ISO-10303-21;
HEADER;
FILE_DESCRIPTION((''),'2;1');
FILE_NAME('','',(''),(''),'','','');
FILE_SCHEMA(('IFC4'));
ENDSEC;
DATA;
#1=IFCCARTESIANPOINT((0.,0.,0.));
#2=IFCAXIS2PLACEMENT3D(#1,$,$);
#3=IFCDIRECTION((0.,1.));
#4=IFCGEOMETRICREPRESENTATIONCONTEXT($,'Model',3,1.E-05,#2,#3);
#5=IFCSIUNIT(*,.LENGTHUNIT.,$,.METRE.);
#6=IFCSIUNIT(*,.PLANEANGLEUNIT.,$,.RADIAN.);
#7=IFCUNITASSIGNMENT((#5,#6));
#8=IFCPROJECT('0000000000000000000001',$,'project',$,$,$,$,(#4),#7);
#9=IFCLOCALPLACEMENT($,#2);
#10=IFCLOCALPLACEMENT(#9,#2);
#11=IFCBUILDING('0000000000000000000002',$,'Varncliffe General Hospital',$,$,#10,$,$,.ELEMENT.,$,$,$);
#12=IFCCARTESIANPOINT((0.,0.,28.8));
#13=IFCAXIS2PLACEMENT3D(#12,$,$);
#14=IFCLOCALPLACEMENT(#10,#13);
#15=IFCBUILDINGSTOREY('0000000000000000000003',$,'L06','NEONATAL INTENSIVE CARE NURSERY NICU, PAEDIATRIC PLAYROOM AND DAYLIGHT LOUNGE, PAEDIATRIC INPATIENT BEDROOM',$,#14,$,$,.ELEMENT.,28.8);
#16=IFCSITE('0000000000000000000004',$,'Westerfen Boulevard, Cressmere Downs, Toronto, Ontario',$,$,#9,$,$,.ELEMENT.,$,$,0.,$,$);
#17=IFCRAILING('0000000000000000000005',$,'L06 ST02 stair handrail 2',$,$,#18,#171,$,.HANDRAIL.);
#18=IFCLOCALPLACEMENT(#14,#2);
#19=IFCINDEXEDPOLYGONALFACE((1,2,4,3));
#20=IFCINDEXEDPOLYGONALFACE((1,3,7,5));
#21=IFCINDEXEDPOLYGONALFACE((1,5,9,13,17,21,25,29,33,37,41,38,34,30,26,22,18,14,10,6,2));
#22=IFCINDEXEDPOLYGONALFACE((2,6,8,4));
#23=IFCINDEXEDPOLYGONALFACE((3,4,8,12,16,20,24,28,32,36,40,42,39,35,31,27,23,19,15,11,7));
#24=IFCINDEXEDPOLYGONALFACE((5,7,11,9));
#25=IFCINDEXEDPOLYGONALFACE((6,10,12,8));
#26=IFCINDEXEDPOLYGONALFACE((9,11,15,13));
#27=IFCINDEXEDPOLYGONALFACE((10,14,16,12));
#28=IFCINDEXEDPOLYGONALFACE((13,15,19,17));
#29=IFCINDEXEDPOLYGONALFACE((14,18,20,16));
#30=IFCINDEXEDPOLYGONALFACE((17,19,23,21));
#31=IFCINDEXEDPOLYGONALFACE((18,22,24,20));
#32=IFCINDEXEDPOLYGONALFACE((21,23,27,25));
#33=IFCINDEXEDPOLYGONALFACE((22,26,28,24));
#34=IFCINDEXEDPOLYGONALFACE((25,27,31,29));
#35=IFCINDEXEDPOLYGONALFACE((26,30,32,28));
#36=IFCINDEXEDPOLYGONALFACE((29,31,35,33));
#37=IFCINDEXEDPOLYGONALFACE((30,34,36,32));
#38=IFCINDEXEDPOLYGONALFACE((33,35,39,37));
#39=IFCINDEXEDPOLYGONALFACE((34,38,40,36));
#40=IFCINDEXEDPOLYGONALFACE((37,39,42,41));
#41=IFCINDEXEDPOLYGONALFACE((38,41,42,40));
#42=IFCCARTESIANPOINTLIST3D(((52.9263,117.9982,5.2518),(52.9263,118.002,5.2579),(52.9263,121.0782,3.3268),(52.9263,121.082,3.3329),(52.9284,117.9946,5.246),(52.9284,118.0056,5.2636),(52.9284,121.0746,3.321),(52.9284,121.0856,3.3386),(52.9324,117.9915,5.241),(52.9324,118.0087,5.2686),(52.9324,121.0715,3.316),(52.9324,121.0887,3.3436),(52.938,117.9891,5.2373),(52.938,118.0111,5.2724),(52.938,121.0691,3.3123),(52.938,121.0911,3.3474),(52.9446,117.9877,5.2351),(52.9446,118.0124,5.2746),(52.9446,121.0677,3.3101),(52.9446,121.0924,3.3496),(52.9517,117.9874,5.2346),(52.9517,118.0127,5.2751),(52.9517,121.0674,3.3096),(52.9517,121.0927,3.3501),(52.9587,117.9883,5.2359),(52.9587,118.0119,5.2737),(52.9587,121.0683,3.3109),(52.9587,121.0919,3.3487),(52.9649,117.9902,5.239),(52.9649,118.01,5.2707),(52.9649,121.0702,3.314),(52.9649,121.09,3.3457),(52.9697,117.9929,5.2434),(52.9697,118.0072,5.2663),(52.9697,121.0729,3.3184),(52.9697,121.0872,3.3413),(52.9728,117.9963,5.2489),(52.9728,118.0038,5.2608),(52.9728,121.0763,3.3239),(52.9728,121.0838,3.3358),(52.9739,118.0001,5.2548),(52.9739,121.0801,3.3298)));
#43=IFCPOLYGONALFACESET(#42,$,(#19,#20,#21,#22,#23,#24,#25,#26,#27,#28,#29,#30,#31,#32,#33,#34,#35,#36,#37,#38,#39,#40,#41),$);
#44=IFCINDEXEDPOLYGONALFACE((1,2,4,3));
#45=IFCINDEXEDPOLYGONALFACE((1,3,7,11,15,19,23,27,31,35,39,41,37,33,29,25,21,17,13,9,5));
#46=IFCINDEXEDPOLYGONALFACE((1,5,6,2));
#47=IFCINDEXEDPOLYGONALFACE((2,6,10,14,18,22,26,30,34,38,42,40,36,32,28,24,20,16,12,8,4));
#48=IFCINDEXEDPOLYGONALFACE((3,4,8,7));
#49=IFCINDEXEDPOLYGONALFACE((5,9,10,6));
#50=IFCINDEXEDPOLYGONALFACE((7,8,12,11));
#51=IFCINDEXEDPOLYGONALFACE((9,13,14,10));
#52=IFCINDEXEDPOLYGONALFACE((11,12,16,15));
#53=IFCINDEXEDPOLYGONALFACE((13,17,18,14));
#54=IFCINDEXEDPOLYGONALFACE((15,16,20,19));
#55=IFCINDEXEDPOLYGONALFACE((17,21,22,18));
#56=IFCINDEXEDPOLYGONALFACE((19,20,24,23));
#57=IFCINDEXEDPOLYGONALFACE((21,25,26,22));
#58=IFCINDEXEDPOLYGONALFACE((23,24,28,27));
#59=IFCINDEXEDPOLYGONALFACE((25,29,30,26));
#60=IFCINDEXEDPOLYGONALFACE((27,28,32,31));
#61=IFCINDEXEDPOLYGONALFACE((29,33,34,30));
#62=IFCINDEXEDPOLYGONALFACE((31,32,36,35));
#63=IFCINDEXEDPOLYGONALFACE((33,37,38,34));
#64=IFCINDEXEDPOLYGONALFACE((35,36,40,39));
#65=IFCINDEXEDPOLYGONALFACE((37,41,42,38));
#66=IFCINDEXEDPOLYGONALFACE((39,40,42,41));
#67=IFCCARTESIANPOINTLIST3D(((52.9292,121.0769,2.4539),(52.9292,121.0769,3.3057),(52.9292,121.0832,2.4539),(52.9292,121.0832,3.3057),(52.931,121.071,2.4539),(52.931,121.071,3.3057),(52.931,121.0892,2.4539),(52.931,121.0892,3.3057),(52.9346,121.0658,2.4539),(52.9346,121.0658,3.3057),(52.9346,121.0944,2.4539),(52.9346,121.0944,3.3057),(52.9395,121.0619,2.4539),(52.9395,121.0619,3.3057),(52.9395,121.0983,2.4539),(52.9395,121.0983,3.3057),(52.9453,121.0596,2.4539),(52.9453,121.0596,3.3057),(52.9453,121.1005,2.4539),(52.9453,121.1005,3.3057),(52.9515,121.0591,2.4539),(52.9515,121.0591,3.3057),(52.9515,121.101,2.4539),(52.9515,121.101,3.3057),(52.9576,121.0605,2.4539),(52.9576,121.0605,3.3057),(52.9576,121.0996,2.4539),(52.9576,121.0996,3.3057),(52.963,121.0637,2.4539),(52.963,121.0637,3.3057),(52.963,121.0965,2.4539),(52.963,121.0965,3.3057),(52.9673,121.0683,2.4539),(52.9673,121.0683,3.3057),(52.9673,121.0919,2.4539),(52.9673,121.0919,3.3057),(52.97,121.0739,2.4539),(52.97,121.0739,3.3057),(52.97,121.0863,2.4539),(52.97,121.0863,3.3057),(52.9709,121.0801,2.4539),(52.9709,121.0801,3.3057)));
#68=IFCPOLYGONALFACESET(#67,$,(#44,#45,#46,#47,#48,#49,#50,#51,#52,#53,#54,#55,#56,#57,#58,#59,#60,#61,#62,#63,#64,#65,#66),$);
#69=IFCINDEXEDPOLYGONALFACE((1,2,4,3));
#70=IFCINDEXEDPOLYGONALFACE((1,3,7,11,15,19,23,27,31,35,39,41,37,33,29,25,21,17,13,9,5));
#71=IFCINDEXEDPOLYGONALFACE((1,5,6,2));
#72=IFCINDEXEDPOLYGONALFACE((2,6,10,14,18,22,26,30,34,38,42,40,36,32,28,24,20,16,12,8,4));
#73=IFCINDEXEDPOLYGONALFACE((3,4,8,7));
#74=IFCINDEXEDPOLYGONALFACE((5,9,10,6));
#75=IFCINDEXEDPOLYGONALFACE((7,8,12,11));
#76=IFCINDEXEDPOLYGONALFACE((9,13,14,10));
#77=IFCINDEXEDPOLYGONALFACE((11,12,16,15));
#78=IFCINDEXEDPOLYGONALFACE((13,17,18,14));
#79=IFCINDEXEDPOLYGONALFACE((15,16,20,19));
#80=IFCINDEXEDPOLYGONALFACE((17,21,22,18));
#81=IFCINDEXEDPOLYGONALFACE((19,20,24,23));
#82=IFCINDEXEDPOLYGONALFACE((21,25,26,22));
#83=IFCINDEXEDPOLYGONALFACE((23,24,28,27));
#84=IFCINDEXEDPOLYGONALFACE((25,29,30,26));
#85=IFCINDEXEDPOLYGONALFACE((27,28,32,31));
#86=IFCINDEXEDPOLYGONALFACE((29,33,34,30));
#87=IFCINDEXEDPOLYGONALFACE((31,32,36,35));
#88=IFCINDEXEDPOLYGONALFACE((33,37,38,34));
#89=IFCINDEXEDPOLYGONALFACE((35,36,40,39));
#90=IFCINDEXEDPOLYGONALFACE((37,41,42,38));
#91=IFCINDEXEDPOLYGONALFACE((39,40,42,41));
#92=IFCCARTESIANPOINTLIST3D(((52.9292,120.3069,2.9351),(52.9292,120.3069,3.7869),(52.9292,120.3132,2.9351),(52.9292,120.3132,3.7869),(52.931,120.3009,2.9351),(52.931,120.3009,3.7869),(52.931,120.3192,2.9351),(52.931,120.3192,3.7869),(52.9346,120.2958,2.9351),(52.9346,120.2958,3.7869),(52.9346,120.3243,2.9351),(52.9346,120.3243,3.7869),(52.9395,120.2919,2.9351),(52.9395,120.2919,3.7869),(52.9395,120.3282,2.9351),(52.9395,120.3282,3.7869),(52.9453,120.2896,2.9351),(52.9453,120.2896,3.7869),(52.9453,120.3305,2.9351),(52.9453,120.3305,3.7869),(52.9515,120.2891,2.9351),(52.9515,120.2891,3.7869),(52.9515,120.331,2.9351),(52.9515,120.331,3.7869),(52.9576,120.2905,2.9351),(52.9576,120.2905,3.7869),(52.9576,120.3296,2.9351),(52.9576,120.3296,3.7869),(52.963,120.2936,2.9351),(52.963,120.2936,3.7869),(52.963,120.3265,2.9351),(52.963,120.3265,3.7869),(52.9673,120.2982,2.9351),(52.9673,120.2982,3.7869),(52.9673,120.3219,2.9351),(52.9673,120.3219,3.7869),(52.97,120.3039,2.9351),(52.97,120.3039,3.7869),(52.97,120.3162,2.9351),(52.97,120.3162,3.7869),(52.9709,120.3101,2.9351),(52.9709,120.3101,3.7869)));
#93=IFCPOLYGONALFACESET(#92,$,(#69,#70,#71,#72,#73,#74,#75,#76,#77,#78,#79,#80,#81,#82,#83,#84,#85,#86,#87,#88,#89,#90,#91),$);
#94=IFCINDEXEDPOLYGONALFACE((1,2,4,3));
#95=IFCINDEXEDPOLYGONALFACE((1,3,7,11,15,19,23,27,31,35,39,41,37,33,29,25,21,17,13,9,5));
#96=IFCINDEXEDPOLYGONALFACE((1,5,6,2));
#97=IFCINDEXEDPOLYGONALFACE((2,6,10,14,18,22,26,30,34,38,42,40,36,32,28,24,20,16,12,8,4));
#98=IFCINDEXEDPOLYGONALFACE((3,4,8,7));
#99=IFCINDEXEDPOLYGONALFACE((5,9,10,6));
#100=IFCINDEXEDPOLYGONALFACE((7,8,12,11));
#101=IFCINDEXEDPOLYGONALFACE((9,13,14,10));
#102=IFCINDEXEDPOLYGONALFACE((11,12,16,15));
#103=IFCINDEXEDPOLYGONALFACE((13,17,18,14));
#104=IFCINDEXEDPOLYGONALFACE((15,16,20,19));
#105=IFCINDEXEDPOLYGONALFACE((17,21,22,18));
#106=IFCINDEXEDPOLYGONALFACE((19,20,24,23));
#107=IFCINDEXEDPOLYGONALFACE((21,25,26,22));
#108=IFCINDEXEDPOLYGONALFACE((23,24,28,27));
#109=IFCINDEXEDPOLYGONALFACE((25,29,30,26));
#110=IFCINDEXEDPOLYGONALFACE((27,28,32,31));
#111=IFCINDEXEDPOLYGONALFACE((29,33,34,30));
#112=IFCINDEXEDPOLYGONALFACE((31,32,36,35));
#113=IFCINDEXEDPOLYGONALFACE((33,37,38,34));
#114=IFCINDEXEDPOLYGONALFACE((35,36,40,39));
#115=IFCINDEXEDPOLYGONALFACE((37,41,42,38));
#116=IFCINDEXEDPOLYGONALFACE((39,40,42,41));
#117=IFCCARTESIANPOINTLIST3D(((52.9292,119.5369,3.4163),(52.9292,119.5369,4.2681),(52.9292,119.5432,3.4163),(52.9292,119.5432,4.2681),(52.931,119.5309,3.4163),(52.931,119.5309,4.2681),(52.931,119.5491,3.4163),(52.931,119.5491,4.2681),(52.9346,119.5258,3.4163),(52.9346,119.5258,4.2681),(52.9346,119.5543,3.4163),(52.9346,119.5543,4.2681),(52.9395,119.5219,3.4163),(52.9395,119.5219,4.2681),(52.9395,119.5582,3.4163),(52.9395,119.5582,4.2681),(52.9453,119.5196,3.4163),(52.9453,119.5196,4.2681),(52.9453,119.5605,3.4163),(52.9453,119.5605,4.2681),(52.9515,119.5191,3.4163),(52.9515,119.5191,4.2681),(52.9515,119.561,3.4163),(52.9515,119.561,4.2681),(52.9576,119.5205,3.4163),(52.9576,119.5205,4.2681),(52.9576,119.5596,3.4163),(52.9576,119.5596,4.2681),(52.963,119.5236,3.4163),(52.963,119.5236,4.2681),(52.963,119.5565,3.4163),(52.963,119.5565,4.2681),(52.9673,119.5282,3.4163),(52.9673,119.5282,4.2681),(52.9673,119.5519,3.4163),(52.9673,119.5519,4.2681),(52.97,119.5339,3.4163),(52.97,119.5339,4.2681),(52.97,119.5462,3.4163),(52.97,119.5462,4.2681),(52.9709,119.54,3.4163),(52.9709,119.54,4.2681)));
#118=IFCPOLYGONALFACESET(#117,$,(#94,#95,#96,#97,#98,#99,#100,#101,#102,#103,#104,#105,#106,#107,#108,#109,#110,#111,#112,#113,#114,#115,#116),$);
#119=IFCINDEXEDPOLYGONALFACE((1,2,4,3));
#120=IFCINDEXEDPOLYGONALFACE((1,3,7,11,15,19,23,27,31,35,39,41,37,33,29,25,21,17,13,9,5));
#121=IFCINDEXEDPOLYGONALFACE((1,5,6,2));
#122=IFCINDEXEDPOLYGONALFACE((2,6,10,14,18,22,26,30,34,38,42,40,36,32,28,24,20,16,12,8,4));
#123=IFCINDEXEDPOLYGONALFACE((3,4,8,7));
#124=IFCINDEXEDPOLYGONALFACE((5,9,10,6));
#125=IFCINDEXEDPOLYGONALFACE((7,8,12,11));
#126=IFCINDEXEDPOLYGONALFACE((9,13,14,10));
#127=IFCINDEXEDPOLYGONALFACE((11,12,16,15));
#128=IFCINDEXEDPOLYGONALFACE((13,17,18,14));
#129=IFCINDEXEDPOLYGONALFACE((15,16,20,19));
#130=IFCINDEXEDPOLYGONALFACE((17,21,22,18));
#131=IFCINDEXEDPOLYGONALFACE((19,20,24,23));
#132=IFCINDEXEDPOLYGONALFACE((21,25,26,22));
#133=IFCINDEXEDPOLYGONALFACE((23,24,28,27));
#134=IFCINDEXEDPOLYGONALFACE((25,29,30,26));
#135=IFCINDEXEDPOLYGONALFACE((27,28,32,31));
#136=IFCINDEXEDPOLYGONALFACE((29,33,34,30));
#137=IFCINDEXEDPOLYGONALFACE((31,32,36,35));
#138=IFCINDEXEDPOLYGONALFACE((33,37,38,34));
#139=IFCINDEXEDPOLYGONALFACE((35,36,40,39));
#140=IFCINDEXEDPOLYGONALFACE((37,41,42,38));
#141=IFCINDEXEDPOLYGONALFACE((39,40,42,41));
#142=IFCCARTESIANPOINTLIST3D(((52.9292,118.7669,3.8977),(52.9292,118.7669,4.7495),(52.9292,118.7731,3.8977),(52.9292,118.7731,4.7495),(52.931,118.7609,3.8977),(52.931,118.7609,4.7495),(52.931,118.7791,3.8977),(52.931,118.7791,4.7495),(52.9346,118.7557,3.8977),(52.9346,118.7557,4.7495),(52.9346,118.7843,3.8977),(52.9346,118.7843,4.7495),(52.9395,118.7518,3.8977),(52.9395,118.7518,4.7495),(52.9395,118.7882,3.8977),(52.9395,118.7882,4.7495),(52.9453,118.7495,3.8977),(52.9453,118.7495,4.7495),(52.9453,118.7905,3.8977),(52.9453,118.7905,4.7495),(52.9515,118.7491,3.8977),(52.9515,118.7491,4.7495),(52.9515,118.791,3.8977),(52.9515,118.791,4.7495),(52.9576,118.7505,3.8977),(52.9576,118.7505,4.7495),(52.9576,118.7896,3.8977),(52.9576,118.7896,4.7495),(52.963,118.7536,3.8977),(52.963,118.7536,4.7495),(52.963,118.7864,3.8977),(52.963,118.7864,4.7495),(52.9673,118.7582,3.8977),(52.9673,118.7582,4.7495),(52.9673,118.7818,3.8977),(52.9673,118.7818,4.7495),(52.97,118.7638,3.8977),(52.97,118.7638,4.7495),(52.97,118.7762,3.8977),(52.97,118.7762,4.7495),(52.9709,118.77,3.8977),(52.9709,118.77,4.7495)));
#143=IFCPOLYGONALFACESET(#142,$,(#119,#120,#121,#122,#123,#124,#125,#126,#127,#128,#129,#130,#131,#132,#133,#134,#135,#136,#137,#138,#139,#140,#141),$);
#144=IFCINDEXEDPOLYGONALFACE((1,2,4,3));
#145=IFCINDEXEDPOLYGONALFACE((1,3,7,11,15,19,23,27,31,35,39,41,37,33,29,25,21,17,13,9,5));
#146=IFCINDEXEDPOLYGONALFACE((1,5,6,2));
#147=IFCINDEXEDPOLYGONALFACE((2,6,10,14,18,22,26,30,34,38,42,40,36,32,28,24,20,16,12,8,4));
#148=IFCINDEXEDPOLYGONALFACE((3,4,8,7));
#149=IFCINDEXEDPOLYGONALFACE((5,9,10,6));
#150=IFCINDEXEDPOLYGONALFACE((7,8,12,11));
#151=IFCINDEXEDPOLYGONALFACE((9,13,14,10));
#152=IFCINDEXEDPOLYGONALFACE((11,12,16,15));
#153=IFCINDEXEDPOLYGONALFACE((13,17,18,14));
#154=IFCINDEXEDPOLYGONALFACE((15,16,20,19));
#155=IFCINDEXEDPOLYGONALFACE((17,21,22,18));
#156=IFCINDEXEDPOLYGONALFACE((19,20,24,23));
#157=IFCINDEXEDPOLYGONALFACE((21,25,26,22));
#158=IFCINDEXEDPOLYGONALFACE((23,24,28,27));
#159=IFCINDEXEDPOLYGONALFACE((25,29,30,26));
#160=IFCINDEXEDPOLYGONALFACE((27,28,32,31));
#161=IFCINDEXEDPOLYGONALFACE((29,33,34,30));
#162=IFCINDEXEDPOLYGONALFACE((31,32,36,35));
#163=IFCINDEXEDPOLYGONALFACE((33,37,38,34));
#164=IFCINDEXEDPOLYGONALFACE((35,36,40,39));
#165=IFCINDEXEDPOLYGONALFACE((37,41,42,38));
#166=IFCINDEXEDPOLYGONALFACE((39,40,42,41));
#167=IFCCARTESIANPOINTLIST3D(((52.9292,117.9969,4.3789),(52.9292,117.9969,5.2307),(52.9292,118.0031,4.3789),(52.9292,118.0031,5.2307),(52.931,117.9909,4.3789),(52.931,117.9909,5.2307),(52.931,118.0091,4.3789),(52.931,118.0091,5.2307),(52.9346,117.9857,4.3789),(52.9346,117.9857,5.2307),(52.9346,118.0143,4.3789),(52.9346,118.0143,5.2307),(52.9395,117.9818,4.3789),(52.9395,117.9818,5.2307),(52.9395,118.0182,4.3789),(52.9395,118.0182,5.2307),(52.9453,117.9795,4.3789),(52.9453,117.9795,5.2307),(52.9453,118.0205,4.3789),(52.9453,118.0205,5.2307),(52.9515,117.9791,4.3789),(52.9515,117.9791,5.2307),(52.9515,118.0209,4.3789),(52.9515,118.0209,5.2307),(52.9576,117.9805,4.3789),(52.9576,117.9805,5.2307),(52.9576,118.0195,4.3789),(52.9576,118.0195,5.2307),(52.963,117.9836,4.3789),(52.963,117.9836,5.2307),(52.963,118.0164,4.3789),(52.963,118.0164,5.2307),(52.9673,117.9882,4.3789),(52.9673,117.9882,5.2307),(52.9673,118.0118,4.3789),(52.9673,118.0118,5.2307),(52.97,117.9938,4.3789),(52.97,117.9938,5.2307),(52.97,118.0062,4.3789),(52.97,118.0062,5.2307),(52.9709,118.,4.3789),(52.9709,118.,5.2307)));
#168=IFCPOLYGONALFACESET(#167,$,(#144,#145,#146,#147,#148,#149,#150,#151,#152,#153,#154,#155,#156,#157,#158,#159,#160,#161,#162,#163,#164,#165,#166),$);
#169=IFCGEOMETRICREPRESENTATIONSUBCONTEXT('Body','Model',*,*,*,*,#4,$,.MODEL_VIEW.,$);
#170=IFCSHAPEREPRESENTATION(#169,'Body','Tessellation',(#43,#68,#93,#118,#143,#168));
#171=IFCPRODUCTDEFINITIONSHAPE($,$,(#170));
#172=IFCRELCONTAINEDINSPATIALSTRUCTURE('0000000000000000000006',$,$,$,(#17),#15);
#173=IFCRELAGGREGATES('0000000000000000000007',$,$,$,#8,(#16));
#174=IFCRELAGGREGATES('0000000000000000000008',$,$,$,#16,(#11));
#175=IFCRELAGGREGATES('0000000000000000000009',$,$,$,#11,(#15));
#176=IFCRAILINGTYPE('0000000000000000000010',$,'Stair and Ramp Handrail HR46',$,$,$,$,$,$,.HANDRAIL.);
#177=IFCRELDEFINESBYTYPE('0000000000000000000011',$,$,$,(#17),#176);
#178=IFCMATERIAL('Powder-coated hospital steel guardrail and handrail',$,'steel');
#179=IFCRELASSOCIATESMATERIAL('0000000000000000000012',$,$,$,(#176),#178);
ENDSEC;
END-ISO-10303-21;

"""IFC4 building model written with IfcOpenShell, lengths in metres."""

from ifc_helpers import new_model, si_unit, direction, frame, origin, origin_2d, place, context, subcontext, project, spatial, circle, extrude, material, type_object, element, save


model = new_model("IFC4")

# Units and contexts
model_context = context("Model", 3, precision=1e-05, world=origin(), true_north=direction((0.0, 1.0)))
body_context = subcontext(model_context, "Body", "Model", "MODEL_VIEW")
ifc_project = project(units=[si_unit("LENGTHUNIT", "METRE"), si_unit("PLANEANGLEUNIT", "RADIAN")], contexts=[model_context])

# Site, building, storey
site_placement = place(None, origin())
site = spatial("IfcSite", under=ifc_project, at=site_placement, Name="Westerfen Boulevard, Cressmere Downs, Toronto, Ontario", CompositionType="ELEMENT", RefElevation=0.0)
building_placement = place(site_placement, origin())
building = spatial("IfcBuilding", under=site, at=building_placement, Name="Varncliffe General Hospital", CompositionType="ELEMENT")
storey_placement = place(building_placement, frame((0.0, 0.0, 28.8)))
storey = spatial("IfcBuildingStorey", under=building, at=storey_placement, Name="L06", Description="NEONATAL INTENSIVE CARE NURSERY NICU, PAEDIATRIC PLAYROOM AND DAYLIGHT LOUNGE, PAEDIATRIC INPATIENT BEDROOM", CompositionType="ELEMENT", Elevation=28.8)

# Railing
ifc_material_1 = material(Name="Powder-coated hospital steel guardrail and handrail", Category="steel")
railing_type_1 = type_object("IfcRailingType", Name="Stair and Ramp Handrail HR46", PredefinedType="HANDRAIL", material=ifc_material_1)
railing_1_placement = place(storey_placement, frame((52.95, 121.0801, 2.4539)))
element("IfcRailing", 1, at=railing_1_placement, inside=storey, type_object=railing_type_1, Name="L06 ST02 stair handrail 2", PredefinedType="HANDRAIL", context=body_context, shape_type="SweptSolid", body=[
    extrude(circle(Radius=0.0239, at=origin_2d()), frame((0.0, 0.0, 0.876), z_axis=(0.0, -0.847998, 0.529999), x_axis=(1.0, 0.0, 0.0)), (0.0, 0.0, 1.0), 3.6321),
    extrude(circle(Radius=0.021, at=origin_2d()), origin(), (0.0, 0.0, 1.0), 0.8518),
    extrude(circle(Radius=0.021, at=origin_2d()), frame((0.0, -0.77, 0.4812)), (0.0, 0.0, 1.0), 0.8518),
    extrude(circle(Radius=0.021, at=origin_2d()), frame((0.0, -1.54, 0.9624)), (0.0, 0.0, 1.0), 0.8518),
    extrude(circle(Radius=0.021, at=origin_2d()), frame((0.0, -2.3101, 1.4438)), (0.0, 0.0, 1.0), 0.8518),
    extrude(circle(Radius=0.021, at=origin_2d()), frame((0.0, -3.0801, 1.925)), (0.0, 0.0, 1.0), 0.8518),
])

save(model, "model.ifc")
